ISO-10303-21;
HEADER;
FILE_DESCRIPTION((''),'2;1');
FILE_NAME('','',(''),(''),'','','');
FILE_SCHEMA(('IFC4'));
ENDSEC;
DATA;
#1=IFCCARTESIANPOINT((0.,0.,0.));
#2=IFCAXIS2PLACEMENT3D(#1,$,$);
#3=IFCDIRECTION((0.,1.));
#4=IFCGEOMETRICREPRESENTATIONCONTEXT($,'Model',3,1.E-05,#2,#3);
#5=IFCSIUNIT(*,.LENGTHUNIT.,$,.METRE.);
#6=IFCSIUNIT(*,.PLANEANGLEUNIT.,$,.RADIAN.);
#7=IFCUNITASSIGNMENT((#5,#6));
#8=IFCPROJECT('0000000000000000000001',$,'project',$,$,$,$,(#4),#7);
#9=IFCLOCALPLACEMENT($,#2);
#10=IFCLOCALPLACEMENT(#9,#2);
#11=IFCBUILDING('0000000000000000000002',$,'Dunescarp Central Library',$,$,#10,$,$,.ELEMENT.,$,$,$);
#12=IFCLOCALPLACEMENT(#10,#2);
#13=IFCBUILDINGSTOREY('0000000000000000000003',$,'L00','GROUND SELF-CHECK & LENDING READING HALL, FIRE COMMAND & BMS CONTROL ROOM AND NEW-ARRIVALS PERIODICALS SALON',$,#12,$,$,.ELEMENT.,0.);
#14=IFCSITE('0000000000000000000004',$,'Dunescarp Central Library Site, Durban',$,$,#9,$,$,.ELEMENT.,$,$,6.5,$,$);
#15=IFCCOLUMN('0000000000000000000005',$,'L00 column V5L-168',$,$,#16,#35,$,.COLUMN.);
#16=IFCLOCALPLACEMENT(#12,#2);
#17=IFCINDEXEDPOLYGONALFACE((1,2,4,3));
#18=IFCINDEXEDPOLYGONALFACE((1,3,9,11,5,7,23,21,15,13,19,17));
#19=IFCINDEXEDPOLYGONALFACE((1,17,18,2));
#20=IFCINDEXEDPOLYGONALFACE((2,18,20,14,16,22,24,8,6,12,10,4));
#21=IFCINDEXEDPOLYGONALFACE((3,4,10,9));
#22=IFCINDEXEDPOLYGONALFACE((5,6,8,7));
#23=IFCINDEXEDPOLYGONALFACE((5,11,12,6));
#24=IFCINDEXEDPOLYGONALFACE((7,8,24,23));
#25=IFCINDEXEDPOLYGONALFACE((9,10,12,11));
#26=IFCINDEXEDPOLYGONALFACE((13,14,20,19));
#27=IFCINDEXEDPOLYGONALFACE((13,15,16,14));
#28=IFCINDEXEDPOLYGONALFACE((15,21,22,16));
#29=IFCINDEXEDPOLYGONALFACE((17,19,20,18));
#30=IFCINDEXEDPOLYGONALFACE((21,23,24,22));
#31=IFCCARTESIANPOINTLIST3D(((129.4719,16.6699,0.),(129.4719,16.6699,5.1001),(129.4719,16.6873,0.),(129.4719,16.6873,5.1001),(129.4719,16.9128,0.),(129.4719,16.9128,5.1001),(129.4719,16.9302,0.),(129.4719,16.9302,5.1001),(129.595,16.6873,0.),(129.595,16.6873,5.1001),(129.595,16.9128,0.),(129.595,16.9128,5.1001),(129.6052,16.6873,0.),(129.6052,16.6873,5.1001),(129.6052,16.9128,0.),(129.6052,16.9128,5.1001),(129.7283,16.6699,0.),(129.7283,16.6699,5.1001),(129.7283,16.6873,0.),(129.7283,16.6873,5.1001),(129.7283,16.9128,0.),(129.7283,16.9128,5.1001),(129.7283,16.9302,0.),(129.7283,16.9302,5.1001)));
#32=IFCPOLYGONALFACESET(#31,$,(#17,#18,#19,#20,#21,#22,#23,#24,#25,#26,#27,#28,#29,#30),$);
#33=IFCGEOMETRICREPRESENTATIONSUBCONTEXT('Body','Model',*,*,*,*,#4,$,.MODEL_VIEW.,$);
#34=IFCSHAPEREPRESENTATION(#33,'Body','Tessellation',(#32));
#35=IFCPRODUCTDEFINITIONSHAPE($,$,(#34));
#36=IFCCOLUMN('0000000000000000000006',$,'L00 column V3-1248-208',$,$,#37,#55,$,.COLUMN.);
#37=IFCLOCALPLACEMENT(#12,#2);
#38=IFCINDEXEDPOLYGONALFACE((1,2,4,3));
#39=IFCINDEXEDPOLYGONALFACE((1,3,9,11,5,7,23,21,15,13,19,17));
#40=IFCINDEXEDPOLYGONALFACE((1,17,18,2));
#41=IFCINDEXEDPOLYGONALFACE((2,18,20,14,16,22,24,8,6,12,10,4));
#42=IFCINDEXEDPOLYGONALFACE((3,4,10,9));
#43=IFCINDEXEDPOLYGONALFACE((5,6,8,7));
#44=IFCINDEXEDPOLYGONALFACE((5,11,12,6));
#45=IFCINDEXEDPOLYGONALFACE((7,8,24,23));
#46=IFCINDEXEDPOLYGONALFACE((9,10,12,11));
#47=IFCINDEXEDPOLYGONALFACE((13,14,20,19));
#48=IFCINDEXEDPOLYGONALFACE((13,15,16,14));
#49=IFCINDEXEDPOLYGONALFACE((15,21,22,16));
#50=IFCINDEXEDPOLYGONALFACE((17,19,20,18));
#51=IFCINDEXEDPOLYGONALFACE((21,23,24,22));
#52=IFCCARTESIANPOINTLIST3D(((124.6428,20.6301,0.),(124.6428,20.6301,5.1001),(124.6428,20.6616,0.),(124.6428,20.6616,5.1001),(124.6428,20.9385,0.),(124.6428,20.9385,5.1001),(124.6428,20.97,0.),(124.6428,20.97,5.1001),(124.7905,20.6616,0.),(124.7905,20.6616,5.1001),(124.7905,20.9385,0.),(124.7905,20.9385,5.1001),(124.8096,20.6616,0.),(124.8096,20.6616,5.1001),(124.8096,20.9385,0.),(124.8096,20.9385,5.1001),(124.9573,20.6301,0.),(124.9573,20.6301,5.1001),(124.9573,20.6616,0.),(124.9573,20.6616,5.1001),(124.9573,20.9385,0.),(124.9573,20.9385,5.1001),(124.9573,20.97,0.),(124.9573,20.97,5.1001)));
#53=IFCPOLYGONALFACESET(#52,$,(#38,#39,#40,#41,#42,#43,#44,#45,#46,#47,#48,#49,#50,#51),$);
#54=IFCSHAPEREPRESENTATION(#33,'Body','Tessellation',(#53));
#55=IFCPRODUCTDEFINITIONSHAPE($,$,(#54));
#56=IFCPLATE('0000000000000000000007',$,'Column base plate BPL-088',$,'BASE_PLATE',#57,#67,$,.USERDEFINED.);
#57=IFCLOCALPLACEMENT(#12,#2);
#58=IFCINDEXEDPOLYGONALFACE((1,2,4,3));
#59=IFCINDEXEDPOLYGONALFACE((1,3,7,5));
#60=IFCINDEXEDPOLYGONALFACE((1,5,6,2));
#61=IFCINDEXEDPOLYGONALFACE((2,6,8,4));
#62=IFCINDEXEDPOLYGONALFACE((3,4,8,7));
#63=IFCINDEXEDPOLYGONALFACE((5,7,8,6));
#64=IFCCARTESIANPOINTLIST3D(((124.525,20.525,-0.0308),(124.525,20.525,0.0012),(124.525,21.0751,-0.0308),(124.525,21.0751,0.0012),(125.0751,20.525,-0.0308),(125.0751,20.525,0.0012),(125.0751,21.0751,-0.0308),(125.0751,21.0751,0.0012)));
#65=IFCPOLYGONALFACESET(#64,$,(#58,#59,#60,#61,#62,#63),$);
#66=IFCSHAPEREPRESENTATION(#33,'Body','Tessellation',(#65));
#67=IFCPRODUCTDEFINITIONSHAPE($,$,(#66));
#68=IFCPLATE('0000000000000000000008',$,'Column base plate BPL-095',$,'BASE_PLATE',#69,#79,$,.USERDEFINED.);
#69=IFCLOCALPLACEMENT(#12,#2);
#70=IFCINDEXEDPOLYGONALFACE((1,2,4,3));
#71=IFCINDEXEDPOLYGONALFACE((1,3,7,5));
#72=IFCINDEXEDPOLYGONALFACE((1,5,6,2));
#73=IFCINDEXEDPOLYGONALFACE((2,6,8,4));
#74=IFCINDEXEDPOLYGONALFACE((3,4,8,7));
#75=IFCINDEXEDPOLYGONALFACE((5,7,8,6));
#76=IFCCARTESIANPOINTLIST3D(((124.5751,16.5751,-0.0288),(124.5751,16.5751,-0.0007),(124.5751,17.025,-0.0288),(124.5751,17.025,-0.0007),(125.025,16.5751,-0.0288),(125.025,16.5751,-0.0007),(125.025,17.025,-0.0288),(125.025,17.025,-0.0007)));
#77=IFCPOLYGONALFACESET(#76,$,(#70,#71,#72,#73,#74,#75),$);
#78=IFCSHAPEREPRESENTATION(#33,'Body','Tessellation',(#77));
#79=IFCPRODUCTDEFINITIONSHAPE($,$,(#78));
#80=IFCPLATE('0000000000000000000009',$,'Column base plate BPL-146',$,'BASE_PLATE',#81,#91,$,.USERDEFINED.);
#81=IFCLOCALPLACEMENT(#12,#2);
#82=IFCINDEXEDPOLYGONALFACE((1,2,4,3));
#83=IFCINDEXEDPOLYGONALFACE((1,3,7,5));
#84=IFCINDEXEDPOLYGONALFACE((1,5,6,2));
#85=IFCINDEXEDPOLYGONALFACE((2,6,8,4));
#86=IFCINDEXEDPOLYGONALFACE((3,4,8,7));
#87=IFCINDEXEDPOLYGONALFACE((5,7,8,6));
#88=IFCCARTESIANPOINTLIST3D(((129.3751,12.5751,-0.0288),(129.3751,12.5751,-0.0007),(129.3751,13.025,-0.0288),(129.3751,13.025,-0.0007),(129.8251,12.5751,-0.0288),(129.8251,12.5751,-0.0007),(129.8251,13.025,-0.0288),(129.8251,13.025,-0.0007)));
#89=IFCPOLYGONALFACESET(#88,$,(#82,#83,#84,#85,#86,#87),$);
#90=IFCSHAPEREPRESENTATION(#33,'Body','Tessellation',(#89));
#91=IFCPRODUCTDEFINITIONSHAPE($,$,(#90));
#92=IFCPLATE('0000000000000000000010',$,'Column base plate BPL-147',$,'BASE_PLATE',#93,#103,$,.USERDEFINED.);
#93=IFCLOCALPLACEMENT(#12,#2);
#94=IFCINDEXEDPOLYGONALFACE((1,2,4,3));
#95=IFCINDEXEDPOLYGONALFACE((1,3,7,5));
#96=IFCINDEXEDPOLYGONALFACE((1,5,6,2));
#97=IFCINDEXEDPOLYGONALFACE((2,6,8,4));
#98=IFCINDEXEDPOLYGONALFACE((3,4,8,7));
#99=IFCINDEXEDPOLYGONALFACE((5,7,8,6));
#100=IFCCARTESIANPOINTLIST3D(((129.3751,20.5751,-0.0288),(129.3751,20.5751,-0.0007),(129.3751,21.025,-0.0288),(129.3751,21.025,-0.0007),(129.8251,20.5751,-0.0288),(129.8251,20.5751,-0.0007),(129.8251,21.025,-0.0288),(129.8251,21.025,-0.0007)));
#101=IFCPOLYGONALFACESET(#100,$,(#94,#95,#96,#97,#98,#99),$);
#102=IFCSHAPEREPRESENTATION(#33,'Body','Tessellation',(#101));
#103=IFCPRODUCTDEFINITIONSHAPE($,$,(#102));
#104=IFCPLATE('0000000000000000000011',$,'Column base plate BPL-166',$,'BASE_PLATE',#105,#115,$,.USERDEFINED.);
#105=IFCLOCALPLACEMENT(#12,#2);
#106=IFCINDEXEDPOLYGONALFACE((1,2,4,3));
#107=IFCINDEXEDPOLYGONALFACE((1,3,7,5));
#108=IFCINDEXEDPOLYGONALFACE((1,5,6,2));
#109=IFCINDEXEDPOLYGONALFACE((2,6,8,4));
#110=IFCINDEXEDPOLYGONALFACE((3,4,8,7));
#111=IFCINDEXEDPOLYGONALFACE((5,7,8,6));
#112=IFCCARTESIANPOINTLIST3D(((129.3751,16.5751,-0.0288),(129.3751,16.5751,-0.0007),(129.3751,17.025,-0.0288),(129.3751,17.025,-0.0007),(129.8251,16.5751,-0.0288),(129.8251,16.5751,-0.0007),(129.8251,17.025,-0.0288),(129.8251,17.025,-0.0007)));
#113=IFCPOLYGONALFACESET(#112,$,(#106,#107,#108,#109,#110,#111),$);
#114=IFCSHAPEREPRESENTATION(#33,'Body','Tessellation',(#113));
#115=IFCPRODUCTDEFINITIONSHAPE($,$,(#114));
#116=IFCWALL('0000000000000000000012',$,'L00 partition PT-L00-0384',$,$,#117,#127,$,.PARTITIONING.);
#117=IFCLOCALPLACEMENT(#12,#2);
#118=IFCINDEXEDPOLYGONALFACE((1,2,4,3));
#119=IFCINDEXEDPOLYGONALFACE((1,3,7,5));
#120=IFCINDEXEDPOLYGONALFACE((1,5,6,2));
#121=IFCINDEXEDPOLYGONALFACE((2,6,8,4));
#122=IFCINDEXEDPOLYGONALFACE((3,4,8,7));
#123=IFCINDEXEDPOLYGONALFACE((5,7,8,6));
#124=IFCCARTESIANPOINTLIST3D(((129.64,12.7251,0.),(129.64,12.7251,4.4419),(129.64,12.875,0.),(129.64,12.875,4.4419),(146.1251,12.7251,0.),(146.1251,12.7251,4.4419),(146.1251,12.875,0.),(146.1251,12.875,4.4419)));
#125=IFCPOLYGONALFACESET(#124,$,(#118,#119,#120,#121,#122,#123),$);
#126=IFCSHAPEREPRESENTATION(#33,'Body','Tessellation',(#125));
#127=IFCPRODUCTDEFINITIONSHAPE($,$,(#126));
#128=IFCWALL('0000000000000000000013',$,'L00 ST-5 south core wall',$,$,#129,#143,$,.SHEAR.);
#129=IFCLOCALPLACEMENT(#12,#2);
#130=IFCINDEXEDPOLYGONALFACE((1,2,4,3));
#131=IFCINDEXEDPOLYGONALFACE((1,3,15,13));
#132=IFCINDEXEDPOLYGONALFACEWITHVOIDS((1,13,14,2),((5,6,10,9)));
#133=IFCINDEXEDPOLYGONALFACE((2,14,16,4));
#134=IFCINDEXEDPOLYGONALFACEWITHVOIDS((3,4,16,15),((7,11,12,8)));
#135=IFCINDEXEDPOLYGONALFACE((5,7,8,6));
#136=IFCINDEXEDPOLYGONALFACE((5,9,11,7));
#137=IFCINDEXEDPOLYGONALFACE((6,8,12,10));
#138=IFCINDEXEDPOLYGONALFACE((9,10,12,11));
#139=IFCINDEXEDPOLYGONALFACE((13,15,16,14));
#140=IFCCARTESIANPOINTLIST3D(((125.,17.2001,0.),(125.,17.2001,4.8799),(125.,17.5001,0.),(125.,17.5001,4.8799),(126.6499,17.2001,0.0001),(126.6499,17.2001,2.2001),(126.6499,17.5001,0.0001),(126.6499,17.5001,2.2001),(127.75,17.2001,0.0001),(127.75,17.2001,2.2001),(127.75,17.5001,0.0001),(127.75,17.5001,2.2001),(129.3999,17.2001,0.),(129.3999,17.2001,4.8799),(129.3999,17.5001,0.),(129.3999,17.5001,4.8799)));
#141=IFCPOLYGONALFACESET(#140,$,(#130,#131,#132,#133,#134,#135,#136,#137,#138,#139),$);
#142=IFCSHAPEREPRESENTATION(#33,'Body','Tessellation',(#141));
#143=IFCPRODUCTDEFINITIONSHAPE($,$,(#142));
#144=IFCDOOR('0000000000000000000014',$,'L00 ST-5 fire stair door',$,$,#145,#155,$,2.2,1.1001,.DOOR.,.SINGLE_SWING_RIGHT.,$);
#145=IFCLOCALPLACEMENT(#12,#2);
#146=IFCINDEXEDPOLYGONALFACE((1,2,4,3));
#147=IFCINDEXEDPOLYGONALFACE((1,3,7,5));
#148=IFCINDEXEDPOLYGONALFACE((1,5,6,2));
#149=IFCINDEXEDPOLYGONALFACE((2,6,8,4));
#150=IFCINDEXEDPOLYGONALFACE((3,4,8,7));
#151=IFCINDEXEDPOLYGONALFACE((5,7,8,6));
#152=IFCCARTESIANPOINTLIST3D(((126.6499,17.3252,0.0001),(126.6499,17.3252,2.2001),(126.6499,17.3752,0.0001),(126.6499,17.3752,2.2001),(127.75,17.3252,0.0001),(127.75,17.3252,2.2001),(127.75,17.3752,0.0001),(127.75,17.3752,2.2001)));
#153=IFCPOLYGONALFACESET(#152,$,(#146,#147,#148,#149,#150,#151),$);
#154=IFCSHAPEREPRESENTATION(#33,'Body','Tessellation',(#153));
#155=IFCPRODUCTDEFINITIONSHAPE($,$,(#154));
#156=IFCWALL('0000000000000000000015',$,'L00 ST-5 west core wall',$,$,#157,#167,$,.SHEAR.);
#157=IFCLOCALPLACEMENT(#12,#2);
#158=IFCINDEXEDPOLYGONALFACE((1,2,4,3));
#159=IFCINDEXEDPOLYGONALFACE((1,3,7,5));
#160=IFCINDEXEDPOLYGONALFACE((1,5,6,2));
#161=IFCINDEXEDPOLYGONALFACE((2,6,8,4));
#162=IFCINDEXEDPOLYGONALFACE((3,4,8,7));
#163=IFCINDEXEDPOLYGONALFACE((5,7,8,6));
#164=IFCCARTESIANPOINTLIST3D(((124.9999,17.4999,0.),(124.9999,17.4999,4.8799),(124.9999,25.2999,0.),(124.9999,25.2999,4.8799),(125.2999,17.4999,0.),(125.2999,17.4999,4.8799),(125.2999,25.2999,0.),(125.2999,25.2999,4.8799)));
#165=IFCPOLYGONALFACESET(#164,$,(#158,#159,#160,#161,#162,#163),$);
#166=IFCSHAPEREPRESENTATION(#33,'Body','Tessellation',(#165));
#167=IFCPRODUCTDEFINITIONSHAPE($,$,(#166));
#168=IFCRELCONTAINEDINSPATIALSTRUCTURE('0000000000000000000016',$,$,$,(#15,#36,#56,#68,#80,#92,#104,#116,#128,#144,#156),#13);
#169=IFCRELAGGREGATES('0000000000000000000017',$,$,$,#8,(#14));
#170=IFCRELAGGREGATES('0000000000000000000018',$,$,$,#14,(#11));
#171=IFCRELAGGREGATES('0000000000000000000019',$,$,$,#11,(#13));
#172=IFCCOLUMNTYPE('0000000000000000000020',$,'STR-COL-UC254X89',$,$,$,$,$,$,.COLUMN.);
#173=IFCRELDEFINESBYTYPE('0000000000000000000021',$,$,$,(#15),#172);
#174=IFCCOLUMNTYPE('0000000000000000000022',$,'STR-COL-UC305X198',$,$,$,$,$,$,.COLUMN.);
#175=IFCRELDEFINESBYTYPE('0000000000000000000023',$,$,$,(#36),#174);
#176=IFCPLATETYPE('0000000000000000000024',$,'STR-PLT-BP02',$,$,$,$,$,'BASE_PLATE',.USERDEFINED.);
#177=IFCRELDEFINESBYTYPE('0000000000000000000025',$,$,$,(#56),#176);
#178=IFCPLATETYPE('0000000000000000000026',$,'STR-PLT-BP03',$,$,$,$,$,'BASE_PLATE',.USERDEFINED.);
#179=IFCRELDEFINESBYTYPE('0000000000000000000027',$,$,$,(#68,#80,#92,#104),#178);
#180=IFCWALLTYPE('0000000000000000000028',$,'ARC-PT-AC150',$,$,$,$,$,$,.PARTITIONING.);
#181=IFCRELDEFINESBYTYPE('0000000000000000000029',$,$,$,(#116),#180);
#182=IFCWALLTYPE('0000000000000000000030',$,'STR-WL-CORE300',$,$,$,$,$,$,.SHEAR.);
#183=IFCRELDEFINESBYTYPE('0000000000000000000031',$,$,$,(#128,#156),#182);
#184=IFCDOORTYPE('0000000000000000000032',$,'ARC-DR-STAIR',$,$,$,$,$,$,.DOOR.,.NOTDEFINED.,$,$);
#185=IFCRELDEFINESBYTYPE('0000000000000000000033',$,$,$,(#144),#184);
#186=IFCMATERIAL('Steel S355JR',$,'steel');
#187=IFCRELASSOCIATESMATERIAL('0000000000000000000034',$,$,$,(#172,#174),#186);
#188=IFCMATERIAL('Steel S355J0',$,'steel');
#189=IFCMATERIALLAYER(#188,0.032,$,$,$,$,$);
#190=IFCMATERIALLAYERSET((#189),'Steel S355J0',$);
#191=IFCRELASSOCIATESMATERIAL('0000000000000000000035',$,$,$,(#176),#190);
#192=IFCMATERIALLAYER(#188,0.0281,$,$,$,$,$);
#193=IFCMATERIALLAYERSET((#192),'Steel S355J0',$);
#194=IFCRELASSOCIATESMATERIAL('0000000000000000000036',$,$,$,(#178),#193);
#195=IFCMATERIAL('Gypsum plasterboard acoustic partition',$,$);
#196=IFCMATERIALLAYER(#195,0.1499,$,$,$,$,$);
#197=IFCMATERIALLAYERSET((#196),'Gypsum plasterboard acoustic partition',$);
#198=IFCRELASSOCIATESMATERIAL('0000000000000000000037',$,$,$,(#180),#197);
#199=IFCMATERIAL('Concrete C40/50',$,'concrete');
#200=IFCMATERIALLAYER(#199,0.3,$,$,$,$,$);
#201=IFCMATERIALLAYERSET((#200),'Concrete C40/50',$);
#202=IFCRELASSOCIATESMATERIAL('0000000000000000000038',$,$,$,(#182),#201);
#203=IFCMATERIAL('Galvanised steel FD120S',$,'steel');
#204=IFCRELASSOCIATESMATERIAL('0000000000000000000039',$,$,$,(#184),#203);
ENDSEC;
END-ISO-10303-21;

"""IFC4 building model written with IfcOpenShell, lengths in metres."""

from ifc_helpers import new_model, si_unit, direction, frame, frame_2d, origin, origin_2d, place, context, subcontext, project, spatial, rectangle, i_section, extrude, material, layer, layer_set, material_profile, profile_set, type_object, element, fill, save


model = new_model("IFC4")

# Units and contexts
model_context = context("Model", 3, precision=1e-05, world=origin(), true_north=direction((0.0, 1.0)))
body_context = subcontext(model_context, "Body", "Model", "MODEL_VIEW")
ifc_project = project(units=[si_unit("LENGTHUNIT", "METRE"), si_unit("PLANEANGLEUNIT", "RADIAN")], contexts=[model_context])

# Site, building, storey
site_placement = place(None, origin())
site = spatial("IfcSite", under=ifc_project, at=site_placement, Name="Dunescarp Central Library Site, Durban", CompositionType="ELEMENT", RefElevation=6.5)
building_placement = place(site_placement, origin())
building = spatial("IfcBuilding", under=site, at=building_placement, Name="Dunescarp Central Library", CompositionType="ELEMENT")
storey_placement = place(building_placement, origin())
storey = spatial("IfcBuildingStorey", under=building, at=storey_placement, Name="L00", Description="GROUND SELF-CHECK & LENDING READING HALL, FIRE COMMAND & BMS CONTROL ROOM AND NEW-ARRIVALS PERIODICALS SALON", CompositionType="ELEMENT", Elevation=0.0)

# Shared definitions
ifc_material_1 = material(Name="Concrete C40/50", Category="concrete")

# Columns
ifc_material_2 = material(Name="Steel S355JR", Category="steel")
ifc_material_profile_1 = material_profile(ifc_material_2, i_section(OverallWidth=0.2563, OverallDepth=0.2603, WebThickness=0.0103, FlangeThickness=0.0173, at=origin_2d()), Name="UC 254x254x89")
ifc_profile_set_1 = profile_set([ifc_material_profile_1], Name="Steel S355JR")
column_type_1 = type_object("IfcColumnType", Name="STR-COL-UC254X89", PredefinedType="COLUMN", material=ifc_profile_set_1)
column_1_placement = place(storey_placement, frame((129.6001, 16.8, 0.0), z_axis=(0.0, 0.0, 1.0), x_axis=(1.0, 0.0, 0.0)))
element("IfcColumn", 1, at=column_1_placement, inside=storey, type_object=column_type_1, Name="L00 column V5L-168", PredefinedType="COLUMN", context=body_context, shape_type="SweptSolid", body=[
    extrude(i_section(OverallWidth=0.2563, OverallDepth=0.2603, WebThickness=0.0103, FlangeThickness=0.0173, at=origin_2d()), origin(), (0.0, 0.0, 1.0), 5.1001),
])
ifc_material_profile_2 = material_profile(ifc_material_2, i_section(OverallWidth=0.3145, OverallDepth=0.3398, WebThickness=0.019, FlangeThickness=0.0315, at=origin_2d()), Name="UC 305x305x198")
ifc_profile_set_2 = profile_set([ifc_material_profile_2], Name="Steel S355JR")
column_type_2 = type_object("IfcColumnType", Name="STR-COL-UC305X198", PredefinedType="COLUMN", material=ifc_profile_set_2)
column_2_placement = place(storey_placement, frame((124.8, 20.8, 0.0), z_axis=(0.0, 0.0, 1.0), x_axis=(1.0, 0.0, 0.0)))
element("IfcColumn", 2, at=column_2_placement, inside=storey, type_object=column_type_2, Name="L00 column V3-1248-208", PredefinedType="COLUMN", context=body_context, shape_type="SweptSolid", body=[
    extrude(i_section(OverallWidth=0.3145, OverallDepth=0.3398, WebThickness=0.019, FlangeThickness=0.0315, at=origin_2d()), origin(), (0.0, 0.0, 1.0), 5.1001),
])

# Plates
ifc_material_3 = material(Name="Steel S355J0", Category="steel")
ifc_layer_1 = layer(ifc_material_3, 0.032)
ifc_layer_set_1 = layer_set([ifc_layer_1], Name="Steel S355J0")
plate_type_1 = type_object("IfcPlateType", Name="STR-PLT-BP02", ElementType="BASE_PLATE", PredefinedType="USERDEFINED", material=ifc_layer_set_1)
plate_placement = place(storey_placement, frame((124.8, 20.8, -0.0308), z_axis=(0.0, 0.0, 1.0), x_axis=(1.0, 0.0, 0.0)))
element("IfcPlate", 3, at=plate_placement, inside=storey, type_object=plate_type_1, Name="Column base plate BPL-088", ObjectType="BASE_PLATE", PredefinedType="USERDEFINED", context=body_context, shape_type="SweptSolid", body=[
    extrude(rectangle(XDim=0.55, YDim=0.55, at=origin_2d()), origin(), (0.0, 0.0, 1.0), 0.032),
])
ifc_layer_2 = layer(ifc_material_3, 0.0281)
ifc_layer_set_2 = layer_set([ifc_layer_2], Name="Steel S355J0")
plate_type_2 = type_object("IfcPlateType", Name="STR-PLT-BP03", ElementType="BASE_PLATE", PredefinedType="USERDEFINED", material=ifc_layer_set_2)
for number, where, z_axis, x_axis, name in (
    (4, (124.8, 16.8, -0.0288), (0.0, 0.0, 1.0), (1.0, 0.0, 0.0), "Column base plate BPL-095"),
    (5, (129.6001, 12.8, -0.0288), (0.0, 0.0, 1.0), (1.0, 0.0, 0.0), "Column base plate BPL-146"),
    (6, (129.6001, 20.8, -0.0288), (0.0, 0.0, 1.0), (1.0, 0.0, 0.0), "Column base plate BPL-147"),
    (7, (129.6001, 16.8, -0.0288), (0.0, 0.0, 1.0), (1.0, 0.0, 0.0), "Column base plate BPL-166"),
):
    element("IfcPlate", number, at=place(storey_placement, frame(where, z_axis=z_axis, x_axis=x_axis)), inside=storey, type_object=plate_type_2, Name=name, ObjectType="BASE_PLATE", PredefinedType="USERDEFINED", context=body_context, shape_type="SweptSolid", body=[
        extrude(rectangle(XDim=0.45, YDim=0.45, at=origin_2d()), origin(), (0.0, 0.0, 1.0), 0.0281),
    ])

# Wall
ifc_material_4 = material(Name="Gypsum plasterboard acoustic partition")
ifc_layer_3 = layer(ifc_material_4, 0.1499)
ifc_layer_set_3 = layer_set([ifc_layer_3], Name="Gypsum plasterboard acoustic partition")
wall_type_1 = type_object("IfcWallType", Name="ARC-PT-AC150", PredefinedType="PARTITIONING", material=ifc_layer_set_3)
wall_1_placement = place(storey_placement, frame((129.6399, 12.8, 0.0), z_axis=(0.0, 0.0, 1.0), x_axis=(1.0, 0.0, 0.0)))
element("IfcWall", 8, at=wall_1_placement, inside=storey, type_object=wall_type_1, Name="L00 partition PT-L00-0384", PredefinedType="PARTITIONING", context=body_context, shape_type="SweptSolid", body=[
    extrude(rectangle(XDim=16.4851, YDim=0.1499, at=frame_2d((8.2427, 0.0))), origin(), (0.0, 0.0, 1.0), 4.4419),
])

# Wall, opening, door
ifc_layer_4 = layer(ifc_material_1, 0.3)
ifc_layer_set_4 = layer_set([ifc_layer_4], Name="Concrete C40/50")
wall_type_2 = type_object("IfcWallType", Name="STR-WL-CORE300", PredefinedType="SHEAR", material=ifc_layer_set_4)
wall_2_placement = place(storey_placement, frame((129.3999, 17.3501, 0.0), z_axis=(0.0, 0.0, 1.0), x_axis=(-1.0, 0.0, 0.0)))
wall_2 = element("IfcWall", 9, at=wall_2_placement, inside=storey, type_object=wall_type_2, Name="L00 ST-5 south core wall", PredefinedType="SHEAR", context=body_context, shape_type="SweptSolid", body=[
    extrude(rectangle(XDim=4.3999, YDim=0.3, at=frame_2d((2.2, 0.0))), origin(), (0.0, 0.0, 1.0), 4.8799),
])
opening_placement = place(wall_2_placement, frame((1.6499, 0.0, 0.0)))
opening = element("IfcOpeningElement", 10, at=opening_placement, cuts=wall_2, PredefinedType="OPENING", context=body_context, shape_type="SweptSolid", body=[
    extrude(rectangle(XDim=1.1001, YDim=2.2, at=frame_2d((0.55, 1.1001))), frame((0.0, 0.1602, 0.0), z_axis=(0.0, -1.0, 0.0), x_axis=(1.0, 0.0, 0.0)), (0.0, 0.0, 1.0), 0.3201),
])
ifc_material_5 = material(Name="Galvanised steel FD120S", Category="steel")
door_type = type_object("IfcDoorType", Name="ARC-DR-STAIR", OperationType="NOTDEFINED", PredefinedType="DOOR", material=ifc_material_5)
door_placement = place(opening_placement, origin())
door = element("IfcDoor", 11, at=door_placement, inside=storey, type_object=door_type, Name="L00 ST-5 fire stair door", OperationType="SINGLE_SWING_RIGHT", OverallHeight=2.2, OverallWidth=1.1001, PredefinedType="DOOR", context=body_context, shape_type="SweptSolid", body=[
    extrude(rectangle(XDim=1.1001, YDim=2.2, at=frame_2d((0.55, 1.1001))), frame((0.0, 0.0249, 0.0), z_axis=(0.0, -1.0, 0.0), x_axis=(1.0, 0.0, 0.0)), (0.0, 0.0, 1.0), 0.05),
])
fill(opening, door)

# Wall
wall_3_placement = place(storey_placement, frame((125.1499, 17.5, 0.0), z_axis=(0.0, 0.0, 1.0), x_axis=(0.0, 1.0, 0.0)))
element("IfcWall", 12, at=wall_3_placement, inside=storey, type_object=wall_type_2, Name="L00 ST-5 west core wall", PredefinedType="SHEAR", context=body_context, shape_type="SweptSolid", body=[
    extrude(rectangle(XDim=7.8, YDim=0.3, at=frame_2d((3.8999, 0.0))), origin(), (0.0, 0.0, 1.0), 4.8799),
])

save(model, "model.ifc")
